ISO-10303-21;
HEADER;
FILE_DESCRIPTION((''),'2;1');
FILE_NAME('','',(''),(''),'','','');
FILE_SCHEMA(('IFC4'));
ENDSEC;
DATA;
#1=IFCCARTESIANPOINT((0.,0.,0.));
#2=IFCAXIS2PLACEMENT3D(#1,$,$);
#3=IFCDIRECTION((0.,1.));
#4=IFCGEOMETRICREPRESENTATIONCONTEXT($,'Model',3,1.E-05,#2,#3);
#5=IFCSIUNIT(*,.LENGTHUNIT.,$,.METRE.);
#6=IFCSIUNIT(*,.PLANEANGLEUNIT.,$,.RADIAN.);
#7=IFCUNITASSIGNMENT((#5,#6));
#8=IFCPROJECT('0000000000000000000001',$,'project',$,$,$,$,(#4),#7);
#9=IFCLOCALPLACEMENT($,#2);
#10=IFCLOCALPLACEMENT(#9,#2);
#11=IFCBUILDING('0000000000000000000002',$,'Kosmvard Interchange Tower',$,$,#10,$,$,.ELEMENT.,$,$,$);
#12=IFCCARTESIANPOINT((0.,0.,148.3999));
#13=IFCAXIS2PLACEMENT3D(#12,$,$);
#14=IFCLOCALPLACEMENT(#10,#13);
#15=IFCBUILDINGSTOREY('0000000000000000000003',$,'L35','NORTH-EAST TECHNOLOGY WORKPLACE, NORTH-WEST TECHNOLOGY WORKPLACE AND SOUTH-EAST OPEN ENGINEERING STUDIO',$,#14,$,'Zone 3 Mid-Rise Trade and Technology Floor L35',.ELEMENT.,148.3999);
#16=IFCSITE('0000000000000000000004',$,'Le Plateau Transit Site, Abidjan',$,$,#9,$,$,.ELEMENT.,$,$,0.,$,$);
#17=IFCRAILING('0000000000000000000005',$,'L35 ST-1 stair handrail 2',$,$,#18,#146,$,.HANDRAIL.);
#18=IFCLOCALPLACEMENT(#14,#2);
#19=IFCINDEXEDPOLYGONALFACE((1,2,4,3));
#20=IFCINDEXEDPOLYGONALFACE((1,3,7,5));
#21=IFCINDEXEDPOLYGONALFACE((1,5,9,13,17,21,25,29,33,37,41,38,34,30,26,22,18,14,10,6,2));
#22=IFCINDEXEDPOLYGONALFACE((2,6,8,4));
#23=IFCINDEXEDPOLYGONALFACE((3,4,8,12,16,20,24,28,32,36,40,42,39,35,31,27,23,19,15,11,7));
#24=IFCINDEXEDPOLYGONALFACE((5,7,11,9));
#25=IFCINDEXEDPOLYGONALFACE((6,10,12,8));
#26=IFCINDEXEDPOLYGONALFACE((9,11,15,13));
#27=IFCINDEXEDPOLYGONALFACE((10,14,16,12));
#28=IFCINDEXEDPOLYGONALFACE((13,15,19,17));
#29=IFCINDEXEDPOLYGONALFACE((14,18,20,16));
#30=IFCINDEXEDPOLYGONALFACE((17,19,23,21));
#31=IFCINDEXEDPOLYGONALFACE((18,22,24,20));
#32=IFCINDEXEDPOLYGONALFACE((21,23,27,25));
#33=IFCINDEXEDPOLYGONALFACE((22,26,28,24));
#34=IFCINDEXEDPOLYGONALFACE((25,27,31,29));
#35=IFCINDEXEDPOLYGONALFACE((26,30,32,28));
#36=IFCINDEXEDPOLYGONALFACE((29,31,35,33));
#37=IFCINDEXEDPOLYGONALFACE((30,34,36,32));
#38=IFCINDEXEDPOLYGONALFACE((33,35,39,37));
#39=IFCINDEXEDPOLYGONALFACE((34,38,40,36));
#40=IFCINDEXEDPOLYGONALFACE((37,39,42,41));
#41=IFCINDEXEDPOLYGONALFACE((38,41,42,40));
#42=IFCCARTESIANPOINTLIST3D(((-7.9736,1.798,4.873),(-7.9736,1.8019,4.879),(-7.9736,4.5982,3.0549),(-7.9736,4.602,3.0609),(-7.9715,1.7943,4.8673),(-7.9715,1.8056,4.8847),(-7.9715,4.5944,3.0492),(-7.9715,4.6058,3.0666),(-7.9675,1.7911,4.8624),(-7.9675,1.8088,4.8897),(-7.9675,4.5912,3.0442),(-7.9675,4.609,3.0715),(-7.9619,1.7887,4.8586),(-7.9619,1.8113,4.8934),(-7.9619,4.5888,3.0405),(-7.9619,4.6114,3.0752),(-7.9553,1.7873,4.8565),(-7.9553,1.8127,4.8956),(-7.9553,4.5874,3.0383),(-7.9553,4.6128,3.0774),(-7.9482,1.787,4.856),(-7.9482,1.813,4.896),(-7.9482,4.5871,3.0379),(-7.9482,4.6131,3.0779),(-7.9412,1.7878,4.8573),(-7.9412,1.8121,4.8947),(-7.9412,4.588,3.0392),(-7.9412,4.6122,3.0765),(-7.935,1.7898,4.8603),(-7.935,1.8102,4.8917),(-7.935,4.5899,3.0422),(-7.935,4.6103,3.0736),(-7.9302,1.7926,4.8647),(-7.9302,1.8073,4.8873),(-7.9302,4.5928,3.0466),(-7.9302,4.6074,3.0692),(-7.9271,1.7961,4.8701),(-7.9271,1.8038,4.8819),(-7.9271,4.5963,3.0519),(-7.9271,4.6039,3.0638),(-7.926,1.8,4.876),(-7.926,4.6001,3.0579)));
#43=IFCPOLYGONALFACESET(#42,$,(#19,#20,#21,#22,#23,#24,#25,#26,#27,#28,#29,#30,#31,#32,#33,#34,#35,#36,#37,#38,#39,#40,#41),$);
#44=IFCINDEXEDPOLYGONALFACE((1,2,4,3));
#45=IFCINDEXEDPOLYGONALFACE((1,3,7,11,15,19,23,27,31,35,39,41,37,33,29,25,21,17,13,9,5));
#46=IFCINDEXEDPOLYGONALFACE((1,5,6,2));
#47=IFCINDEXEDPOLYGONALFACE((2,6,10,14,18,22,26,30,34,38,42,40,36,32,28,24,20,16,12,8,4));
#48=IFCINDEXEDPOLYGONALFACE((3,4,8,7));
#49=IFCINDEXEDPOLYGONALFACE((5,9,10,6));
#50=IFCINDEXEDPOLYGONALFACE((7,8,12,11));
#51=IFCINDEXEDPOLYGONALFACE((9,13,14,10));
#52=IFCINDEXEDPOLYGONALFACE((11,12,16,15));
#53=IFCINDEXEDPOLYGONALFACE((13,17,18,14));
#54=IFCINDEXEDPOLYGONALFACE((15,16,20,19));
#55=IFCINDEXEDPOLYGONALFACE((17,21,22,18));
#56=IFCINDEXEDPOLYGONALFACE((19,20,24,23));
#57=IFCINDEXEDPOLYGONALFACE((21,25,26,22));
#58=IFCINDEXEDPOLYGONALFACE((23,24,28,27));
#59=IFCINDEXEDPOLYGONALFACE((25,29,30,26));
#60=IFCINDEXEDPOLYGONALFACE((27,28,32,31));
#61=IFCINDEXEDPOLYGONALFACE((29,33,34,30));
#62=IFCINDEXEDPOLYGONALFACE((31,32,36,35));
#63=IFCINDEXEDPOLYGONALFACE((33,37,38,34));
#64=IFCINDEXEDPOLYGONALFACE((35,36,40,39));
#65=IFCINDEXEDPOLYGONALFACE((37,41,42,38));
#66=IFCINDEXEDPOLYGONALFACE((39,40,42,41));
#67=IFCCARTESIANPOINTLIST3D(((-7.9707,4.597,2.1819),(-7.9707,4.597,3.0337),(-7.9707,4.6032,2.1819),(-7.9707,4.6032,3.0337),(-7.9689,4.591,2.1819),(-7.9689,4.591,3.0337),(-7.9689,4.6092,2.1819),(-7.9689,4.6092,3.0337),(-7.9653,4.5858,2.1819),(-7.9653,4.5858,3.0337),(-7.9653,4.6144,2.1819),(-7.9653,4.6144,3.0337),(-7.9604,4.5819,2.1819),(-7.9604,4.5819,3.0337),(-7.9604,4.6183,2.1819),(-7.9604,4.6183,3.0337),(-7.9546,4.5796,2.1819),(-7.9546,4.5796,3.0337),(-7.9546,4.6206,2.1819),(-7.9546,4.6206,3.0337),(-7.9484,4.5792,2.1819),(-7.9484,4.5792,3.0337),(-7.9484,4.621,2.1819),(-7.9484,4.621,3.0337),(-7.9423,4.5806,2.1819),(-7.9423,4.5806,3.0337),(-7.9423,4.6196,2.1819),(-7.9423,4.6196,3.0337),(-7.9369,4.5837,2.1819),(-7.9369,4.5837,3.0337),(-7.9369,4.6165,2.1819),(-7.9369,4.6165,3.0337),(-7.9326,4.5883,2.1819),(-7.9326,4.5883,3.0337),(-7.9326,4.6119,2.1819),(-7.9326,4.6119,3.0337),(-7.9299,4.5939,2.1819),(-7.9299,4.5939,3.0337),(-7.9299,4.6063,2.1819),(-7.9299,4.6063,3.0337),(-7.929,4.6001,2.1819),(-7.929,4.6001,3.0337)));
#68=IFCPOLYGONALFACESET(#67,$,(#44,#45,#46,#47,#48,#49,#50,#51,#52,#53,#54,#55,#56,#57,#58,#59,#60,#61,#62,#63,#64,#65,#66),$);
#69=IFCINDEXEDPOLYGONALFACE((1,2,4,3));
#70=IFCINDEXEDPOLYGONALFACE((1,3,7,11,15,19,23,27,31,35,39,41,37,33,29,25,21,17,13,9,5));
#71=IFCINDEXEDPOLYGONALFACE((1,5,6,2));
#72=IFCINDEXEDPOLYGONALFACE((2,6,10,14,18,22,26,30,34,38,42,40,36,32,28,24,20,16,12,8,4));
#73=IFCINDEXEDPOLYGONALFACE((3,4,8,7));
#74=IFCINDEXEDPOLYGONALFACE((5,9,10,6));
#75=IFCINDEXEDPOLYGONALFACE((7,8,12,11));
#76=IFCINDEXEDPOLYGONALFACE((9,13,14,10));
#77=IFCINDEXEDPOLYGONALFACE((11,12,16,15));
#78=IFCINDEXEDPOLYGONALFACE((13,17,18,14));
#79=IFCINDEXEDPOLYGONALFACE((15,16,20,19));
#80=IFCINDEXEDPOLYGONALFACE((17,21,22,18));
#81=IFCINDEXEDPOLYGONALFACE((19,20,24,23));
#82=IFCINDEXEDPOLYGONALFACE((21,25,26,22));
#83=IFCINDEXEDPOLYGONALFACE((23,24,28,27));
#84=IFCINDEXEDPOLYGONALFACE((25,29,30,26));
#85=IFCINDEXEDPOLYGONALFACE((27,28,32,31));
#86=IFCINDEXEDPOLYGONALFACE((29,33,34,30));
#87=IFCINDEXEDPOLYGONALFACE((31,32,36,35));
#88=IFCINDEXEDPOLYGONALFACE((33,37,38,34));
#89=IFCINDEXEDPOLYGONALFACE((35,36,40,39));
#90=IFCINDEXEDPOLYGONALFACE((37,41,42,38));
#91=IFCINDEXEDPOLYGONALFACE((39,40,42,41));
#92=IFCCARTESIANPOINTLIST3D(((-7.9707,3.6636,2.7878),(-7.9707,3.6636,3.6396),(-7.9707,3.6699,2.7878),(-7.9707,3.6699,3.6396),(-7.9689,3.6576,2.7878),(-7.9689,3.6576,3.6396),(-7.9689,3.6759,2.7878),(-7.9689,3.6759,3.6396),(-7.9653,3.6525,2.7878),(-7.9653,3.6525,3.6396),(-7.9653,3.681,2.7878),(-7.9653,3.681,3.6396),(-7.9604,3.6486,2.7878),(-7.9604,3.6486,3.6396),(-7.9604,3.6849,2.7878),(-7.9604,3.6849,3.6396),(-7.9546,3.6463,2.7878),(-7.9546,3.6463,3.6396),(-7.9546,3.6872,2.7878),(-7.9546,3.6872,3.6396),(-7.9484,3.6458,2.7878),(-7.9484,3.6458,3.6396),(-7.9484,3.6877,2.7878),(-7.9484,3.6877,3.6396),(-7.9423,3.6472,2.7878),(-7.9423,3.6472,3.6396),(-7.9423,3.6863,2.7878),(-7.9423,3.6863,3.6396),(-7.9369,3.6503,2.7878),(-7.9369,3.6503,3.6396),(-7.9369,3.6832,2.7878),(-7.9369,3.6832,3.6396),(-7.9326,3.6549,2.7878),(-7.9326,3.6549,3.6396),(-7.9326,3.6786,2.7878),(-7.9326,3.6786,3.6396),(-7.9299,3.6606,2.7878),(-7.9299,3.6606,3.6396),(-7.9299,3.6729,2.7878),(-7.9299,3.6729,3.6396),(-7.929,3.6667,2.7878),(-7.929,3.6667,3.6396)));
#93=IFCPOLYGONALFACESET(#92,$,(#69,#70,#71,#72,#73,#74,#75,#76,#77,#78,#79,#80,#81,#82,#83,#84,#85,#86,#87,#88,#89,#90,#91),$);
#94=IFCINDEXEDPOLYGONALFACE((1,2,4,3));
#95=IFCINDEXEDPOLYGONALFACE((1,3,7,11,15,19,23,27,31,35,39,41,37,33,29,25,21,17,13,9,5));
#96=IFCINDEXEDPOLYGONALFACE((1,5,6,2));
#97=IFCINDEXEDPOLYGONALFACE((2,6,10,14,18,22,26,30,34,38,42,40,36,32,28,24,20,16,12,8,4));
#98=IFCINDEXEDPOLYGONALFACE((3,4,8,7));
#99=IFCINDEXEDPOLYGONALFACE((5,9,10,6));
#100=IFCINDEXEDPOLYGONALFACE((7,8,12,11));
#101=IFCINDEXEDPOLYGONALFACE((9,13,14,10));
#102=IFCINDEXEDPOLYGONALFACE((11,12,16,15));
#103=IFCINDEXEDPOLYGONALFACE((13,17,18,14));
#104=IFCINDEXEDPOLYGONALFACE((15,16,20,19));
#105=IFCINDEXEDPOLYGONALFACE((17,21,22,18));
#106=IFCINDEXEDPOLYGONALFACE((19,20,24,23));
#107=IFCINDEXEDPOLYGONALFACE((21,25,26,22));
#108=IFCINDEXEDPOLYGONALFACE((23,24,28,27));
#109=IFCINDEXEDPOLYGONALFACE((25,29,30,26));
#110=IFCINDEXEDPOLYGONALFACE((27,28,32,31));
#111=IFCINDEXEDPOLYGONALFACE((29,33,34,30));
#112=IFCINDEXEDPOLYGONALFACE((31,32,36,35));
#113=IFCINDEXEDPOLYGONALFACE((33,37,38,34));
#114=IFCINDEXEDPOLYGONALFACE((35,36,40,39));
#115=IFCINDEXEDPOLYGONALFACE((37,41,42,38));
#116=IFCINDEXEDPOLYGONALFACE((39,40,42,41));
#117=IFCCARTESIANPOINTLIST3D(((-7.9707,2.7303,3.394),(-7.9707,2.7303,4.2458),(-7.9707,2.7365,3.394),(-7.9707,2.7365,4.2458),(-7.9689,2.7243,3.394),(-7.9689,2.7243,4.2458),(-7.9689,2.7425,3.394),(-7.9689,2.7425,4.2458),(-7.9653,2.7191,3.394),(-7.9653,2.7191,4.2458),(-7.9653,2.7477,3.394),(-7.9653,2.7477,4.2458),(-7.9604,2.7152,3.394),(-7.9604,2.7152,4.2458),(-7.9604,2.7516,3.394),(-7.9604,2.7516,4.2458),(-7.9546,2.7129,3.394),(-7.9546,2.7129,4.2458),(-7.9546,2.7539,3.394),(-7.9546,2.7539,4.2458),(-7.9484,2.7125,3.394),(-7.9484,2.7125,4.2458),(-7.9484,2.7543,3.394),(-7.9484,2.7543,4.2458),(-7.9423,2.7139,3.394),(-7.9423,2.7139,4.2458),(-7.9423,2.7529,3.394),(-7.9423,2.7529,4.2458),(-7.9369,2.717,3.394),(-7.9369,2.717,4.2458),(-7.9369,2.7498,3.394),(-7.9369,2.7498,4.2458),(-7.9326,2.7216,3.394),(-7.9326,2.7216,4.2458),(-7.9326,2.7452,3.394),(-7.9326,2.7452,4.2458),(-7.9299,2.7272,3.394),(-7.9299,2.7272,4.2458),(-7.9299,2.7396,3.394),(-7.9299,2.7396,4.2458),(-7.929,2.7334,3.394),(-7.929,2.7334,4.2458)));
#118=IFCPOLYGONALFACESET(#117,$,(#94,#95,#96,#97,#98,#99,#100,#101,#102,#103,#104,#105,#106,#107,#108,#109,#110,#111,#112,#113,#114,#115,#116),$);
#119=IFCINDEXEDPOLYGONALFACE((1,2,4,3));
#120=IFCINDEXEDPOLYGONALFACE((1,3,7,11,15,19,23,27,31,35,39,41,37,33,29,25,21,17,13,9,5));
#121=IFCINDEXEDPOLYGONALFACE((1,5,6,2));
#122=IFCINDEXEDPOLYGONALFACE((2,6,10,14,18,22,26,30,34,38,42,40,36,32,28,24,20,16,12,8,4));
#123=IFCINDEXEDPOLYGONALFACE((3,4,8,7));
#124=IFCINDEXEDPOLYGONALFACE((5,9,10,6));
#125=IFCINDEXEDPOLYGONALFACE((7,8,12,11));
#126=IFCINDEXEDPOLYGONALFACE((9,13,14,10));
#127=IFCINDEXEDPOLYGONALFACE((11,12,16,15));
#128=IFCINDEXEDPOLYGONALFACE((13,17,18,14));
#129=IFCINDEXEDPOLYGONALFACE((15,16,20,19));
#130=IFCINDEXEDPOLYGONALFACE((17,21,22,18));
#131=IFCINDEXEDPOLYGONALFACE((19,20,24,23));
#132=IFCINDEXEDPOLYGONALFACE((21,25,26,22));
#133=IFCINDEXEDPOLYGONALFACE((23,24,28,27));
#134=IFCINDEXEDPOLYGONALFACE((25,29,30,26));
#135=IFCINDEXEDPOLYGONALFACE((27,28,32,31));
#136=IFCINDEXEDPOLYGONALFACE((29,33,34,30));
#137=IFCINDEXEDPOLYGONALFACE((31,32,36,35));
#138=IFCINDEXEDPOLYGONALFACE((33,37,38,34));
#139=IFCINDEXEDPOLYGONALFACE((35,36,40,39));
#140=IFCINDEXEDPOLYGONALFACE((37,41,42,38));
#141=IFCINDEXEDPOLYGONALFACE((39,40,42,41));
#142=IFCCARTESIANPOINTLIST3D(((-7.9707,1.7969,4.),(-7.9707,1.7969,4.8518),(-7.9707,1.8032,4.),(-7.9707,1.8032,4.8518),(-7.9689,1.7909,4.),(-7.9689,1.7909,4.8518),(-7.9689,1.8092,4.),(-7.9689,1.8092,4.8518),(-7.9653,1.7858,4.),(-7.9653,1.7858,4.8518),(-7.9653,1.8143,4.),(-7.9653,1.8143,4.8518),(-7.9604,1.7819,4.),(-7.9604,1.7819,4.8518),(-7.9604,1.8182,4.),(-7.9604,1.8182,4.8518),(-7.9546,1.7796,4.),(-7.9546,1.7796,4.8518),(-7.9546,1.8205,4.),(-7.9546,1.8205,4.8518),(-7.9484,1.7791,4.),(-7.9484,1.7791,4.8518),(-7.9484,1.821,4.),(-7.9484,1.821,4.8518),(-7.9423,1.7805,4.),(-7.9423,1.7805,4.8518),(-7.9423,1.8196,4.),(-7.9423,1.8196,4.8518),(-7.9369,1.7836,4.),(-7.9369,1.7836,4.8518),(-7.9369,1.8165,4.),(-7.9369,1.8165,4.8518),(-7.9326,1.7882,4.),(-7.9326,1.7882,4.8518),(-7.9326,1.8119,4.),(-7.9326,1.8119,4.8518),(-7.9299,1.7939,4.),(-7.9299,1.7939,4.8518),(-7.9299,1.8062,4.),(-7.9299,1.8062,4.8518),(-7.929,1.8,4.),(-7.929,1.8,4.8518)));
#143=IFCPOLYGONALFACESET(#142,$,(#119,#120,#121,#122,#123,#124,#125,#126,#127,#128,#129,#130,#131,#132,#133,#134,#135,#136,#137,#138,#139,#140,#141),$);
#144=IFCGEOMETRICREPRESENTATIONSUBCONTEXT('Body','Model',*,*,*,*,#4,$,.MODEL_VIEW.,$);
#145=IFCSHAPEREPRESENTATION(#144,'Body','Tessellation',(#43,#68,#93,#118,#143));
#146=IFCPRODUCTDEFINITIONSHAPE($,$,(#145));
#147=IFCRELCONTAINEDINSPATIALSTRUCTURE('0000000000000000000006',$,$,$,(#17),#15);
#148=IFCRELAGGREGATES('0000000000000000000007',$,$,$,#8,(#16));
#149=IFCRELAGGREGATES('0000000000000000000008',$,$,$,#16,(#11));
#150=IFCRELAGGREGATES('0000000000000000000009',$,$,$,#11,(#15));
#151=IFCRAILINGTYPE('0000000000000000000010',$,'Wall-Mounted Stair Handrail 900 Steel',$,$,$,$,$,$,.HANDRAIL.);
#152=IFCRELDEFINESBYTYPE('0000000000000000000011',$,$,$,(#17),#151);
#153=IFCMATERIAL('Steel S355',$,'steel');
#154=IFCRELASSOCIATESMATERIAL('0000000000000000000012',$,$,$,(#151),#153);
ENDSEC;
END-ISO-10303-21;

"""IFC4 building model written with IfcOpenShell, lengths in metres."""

from ifc_helpers import new_model, si_unit, direction, frame, origin, origin_2d, place, context, subcontext, project, spatial, circle, extrude, source, transform, mapped, material, type_object, element, save


model = new_model("IFC4")

# Units and contexts
model_context = context("Model", 3, precision=1e-05, world=origin(), true_north=direction((0.0, 1.0)))
body_context = subcontext(model_context, "Body", "Model", "MODEL_VIEW")
ifc_project = project(units=[si_unit("LENGTHUNIT", "METRE"), si_unit("PLANEANGLEUNIT", "RADIAN")], contexts=[model_context])

# Site, building, storey
site_placement = place(None, origin())
site = spatial("IfcSite", under=ifc_project, at=site_placement, Name="Le Plateau Transit Site, Abidjan", CompositionType="ELEMENT", RefElevation=0.0)
building_placement = place(site_placement, origin())
building = spatial("IfcBuilding", under=site, at=building_placement, Name="Kosmvard Interchange Tower", CompositionType="ELEMENT")
storey_placement = place(building_placement, frame((0.0, 0.0, 148.3999)))
storey = spatial("IfcBuildingStorey", under=building, at=storey_placement, Name="L35", Description="NORTH-EAST TECHNOLOGY WORKPLACE, NORTH-WEST TECHNOLOGY WORKPLACE AND SOUTH-EAST OPEN ENGINEERING STUDIO", LongName="Zone 3 Mid-Rise Trade and Technology Floor L35", CompositionType="ELEMENT", Elevation=148.3999)

# Shared definitions
ifc_material_1 = material(Name="Steel S355", Category="steel")

# Railing
railing_type_1 = type_object("IfcRailingType", Name="Wall-Mounted Stair Handrail 900 Steel", PredefinedType="HANDRAIL", material=ifc_material_1)
shared_shape_1 = source(origin(), body_context, "Body", "SweptSolid", [
    extrude(circle(Radius=0.0239, at=origin_2d()), frame((0.0, 0.0, 0.876), z_axis=(0.0, -0.838706, 0.544585), x_axis=(1.0, 0.0, 0.0)), (0.0, 0.0, 1.0), 3.3386),
    extrude(circle(Radius=0.021, at=origin_2d()), origin(), (0.0, 0.0, 1.0), 0.8518),
    extrude(circle(Radius=0.021, at=origin_2d()), frame((0.0, -0.9333, 0.606)), (0.0, 0.0, 1.0), 0.8518),
    extrude(circle(Radius=0.021, at=origin_2d()), frame((0.0, -1.8667, 1.2122)), (0.0, 0.0, 1.0), 0.8518),
    extrude(circle(Radius=0.021, at=origin_2d()), frame((0.0, -2.8, 1.8181)), (0.0, 0.0, 1.0), 0.8518),
])
railing_1_placement = place(storey_placement, frame((-7.95, 4.6001, 2.1819)))
element("IfcRailing", 1, at=railing_1_placement, inside=storey, type_object=railing_type_1, Name="L35 ST-1 stair handrail 2", PredefinedType="HANDRAIL", context=body_context, shape_type="MappedRepresentation", body=[
    mapped(shared_shape_1, transform((0.0, 0.0, 0.0), scale=1.0)),
])

save(model, "model.ifc")
